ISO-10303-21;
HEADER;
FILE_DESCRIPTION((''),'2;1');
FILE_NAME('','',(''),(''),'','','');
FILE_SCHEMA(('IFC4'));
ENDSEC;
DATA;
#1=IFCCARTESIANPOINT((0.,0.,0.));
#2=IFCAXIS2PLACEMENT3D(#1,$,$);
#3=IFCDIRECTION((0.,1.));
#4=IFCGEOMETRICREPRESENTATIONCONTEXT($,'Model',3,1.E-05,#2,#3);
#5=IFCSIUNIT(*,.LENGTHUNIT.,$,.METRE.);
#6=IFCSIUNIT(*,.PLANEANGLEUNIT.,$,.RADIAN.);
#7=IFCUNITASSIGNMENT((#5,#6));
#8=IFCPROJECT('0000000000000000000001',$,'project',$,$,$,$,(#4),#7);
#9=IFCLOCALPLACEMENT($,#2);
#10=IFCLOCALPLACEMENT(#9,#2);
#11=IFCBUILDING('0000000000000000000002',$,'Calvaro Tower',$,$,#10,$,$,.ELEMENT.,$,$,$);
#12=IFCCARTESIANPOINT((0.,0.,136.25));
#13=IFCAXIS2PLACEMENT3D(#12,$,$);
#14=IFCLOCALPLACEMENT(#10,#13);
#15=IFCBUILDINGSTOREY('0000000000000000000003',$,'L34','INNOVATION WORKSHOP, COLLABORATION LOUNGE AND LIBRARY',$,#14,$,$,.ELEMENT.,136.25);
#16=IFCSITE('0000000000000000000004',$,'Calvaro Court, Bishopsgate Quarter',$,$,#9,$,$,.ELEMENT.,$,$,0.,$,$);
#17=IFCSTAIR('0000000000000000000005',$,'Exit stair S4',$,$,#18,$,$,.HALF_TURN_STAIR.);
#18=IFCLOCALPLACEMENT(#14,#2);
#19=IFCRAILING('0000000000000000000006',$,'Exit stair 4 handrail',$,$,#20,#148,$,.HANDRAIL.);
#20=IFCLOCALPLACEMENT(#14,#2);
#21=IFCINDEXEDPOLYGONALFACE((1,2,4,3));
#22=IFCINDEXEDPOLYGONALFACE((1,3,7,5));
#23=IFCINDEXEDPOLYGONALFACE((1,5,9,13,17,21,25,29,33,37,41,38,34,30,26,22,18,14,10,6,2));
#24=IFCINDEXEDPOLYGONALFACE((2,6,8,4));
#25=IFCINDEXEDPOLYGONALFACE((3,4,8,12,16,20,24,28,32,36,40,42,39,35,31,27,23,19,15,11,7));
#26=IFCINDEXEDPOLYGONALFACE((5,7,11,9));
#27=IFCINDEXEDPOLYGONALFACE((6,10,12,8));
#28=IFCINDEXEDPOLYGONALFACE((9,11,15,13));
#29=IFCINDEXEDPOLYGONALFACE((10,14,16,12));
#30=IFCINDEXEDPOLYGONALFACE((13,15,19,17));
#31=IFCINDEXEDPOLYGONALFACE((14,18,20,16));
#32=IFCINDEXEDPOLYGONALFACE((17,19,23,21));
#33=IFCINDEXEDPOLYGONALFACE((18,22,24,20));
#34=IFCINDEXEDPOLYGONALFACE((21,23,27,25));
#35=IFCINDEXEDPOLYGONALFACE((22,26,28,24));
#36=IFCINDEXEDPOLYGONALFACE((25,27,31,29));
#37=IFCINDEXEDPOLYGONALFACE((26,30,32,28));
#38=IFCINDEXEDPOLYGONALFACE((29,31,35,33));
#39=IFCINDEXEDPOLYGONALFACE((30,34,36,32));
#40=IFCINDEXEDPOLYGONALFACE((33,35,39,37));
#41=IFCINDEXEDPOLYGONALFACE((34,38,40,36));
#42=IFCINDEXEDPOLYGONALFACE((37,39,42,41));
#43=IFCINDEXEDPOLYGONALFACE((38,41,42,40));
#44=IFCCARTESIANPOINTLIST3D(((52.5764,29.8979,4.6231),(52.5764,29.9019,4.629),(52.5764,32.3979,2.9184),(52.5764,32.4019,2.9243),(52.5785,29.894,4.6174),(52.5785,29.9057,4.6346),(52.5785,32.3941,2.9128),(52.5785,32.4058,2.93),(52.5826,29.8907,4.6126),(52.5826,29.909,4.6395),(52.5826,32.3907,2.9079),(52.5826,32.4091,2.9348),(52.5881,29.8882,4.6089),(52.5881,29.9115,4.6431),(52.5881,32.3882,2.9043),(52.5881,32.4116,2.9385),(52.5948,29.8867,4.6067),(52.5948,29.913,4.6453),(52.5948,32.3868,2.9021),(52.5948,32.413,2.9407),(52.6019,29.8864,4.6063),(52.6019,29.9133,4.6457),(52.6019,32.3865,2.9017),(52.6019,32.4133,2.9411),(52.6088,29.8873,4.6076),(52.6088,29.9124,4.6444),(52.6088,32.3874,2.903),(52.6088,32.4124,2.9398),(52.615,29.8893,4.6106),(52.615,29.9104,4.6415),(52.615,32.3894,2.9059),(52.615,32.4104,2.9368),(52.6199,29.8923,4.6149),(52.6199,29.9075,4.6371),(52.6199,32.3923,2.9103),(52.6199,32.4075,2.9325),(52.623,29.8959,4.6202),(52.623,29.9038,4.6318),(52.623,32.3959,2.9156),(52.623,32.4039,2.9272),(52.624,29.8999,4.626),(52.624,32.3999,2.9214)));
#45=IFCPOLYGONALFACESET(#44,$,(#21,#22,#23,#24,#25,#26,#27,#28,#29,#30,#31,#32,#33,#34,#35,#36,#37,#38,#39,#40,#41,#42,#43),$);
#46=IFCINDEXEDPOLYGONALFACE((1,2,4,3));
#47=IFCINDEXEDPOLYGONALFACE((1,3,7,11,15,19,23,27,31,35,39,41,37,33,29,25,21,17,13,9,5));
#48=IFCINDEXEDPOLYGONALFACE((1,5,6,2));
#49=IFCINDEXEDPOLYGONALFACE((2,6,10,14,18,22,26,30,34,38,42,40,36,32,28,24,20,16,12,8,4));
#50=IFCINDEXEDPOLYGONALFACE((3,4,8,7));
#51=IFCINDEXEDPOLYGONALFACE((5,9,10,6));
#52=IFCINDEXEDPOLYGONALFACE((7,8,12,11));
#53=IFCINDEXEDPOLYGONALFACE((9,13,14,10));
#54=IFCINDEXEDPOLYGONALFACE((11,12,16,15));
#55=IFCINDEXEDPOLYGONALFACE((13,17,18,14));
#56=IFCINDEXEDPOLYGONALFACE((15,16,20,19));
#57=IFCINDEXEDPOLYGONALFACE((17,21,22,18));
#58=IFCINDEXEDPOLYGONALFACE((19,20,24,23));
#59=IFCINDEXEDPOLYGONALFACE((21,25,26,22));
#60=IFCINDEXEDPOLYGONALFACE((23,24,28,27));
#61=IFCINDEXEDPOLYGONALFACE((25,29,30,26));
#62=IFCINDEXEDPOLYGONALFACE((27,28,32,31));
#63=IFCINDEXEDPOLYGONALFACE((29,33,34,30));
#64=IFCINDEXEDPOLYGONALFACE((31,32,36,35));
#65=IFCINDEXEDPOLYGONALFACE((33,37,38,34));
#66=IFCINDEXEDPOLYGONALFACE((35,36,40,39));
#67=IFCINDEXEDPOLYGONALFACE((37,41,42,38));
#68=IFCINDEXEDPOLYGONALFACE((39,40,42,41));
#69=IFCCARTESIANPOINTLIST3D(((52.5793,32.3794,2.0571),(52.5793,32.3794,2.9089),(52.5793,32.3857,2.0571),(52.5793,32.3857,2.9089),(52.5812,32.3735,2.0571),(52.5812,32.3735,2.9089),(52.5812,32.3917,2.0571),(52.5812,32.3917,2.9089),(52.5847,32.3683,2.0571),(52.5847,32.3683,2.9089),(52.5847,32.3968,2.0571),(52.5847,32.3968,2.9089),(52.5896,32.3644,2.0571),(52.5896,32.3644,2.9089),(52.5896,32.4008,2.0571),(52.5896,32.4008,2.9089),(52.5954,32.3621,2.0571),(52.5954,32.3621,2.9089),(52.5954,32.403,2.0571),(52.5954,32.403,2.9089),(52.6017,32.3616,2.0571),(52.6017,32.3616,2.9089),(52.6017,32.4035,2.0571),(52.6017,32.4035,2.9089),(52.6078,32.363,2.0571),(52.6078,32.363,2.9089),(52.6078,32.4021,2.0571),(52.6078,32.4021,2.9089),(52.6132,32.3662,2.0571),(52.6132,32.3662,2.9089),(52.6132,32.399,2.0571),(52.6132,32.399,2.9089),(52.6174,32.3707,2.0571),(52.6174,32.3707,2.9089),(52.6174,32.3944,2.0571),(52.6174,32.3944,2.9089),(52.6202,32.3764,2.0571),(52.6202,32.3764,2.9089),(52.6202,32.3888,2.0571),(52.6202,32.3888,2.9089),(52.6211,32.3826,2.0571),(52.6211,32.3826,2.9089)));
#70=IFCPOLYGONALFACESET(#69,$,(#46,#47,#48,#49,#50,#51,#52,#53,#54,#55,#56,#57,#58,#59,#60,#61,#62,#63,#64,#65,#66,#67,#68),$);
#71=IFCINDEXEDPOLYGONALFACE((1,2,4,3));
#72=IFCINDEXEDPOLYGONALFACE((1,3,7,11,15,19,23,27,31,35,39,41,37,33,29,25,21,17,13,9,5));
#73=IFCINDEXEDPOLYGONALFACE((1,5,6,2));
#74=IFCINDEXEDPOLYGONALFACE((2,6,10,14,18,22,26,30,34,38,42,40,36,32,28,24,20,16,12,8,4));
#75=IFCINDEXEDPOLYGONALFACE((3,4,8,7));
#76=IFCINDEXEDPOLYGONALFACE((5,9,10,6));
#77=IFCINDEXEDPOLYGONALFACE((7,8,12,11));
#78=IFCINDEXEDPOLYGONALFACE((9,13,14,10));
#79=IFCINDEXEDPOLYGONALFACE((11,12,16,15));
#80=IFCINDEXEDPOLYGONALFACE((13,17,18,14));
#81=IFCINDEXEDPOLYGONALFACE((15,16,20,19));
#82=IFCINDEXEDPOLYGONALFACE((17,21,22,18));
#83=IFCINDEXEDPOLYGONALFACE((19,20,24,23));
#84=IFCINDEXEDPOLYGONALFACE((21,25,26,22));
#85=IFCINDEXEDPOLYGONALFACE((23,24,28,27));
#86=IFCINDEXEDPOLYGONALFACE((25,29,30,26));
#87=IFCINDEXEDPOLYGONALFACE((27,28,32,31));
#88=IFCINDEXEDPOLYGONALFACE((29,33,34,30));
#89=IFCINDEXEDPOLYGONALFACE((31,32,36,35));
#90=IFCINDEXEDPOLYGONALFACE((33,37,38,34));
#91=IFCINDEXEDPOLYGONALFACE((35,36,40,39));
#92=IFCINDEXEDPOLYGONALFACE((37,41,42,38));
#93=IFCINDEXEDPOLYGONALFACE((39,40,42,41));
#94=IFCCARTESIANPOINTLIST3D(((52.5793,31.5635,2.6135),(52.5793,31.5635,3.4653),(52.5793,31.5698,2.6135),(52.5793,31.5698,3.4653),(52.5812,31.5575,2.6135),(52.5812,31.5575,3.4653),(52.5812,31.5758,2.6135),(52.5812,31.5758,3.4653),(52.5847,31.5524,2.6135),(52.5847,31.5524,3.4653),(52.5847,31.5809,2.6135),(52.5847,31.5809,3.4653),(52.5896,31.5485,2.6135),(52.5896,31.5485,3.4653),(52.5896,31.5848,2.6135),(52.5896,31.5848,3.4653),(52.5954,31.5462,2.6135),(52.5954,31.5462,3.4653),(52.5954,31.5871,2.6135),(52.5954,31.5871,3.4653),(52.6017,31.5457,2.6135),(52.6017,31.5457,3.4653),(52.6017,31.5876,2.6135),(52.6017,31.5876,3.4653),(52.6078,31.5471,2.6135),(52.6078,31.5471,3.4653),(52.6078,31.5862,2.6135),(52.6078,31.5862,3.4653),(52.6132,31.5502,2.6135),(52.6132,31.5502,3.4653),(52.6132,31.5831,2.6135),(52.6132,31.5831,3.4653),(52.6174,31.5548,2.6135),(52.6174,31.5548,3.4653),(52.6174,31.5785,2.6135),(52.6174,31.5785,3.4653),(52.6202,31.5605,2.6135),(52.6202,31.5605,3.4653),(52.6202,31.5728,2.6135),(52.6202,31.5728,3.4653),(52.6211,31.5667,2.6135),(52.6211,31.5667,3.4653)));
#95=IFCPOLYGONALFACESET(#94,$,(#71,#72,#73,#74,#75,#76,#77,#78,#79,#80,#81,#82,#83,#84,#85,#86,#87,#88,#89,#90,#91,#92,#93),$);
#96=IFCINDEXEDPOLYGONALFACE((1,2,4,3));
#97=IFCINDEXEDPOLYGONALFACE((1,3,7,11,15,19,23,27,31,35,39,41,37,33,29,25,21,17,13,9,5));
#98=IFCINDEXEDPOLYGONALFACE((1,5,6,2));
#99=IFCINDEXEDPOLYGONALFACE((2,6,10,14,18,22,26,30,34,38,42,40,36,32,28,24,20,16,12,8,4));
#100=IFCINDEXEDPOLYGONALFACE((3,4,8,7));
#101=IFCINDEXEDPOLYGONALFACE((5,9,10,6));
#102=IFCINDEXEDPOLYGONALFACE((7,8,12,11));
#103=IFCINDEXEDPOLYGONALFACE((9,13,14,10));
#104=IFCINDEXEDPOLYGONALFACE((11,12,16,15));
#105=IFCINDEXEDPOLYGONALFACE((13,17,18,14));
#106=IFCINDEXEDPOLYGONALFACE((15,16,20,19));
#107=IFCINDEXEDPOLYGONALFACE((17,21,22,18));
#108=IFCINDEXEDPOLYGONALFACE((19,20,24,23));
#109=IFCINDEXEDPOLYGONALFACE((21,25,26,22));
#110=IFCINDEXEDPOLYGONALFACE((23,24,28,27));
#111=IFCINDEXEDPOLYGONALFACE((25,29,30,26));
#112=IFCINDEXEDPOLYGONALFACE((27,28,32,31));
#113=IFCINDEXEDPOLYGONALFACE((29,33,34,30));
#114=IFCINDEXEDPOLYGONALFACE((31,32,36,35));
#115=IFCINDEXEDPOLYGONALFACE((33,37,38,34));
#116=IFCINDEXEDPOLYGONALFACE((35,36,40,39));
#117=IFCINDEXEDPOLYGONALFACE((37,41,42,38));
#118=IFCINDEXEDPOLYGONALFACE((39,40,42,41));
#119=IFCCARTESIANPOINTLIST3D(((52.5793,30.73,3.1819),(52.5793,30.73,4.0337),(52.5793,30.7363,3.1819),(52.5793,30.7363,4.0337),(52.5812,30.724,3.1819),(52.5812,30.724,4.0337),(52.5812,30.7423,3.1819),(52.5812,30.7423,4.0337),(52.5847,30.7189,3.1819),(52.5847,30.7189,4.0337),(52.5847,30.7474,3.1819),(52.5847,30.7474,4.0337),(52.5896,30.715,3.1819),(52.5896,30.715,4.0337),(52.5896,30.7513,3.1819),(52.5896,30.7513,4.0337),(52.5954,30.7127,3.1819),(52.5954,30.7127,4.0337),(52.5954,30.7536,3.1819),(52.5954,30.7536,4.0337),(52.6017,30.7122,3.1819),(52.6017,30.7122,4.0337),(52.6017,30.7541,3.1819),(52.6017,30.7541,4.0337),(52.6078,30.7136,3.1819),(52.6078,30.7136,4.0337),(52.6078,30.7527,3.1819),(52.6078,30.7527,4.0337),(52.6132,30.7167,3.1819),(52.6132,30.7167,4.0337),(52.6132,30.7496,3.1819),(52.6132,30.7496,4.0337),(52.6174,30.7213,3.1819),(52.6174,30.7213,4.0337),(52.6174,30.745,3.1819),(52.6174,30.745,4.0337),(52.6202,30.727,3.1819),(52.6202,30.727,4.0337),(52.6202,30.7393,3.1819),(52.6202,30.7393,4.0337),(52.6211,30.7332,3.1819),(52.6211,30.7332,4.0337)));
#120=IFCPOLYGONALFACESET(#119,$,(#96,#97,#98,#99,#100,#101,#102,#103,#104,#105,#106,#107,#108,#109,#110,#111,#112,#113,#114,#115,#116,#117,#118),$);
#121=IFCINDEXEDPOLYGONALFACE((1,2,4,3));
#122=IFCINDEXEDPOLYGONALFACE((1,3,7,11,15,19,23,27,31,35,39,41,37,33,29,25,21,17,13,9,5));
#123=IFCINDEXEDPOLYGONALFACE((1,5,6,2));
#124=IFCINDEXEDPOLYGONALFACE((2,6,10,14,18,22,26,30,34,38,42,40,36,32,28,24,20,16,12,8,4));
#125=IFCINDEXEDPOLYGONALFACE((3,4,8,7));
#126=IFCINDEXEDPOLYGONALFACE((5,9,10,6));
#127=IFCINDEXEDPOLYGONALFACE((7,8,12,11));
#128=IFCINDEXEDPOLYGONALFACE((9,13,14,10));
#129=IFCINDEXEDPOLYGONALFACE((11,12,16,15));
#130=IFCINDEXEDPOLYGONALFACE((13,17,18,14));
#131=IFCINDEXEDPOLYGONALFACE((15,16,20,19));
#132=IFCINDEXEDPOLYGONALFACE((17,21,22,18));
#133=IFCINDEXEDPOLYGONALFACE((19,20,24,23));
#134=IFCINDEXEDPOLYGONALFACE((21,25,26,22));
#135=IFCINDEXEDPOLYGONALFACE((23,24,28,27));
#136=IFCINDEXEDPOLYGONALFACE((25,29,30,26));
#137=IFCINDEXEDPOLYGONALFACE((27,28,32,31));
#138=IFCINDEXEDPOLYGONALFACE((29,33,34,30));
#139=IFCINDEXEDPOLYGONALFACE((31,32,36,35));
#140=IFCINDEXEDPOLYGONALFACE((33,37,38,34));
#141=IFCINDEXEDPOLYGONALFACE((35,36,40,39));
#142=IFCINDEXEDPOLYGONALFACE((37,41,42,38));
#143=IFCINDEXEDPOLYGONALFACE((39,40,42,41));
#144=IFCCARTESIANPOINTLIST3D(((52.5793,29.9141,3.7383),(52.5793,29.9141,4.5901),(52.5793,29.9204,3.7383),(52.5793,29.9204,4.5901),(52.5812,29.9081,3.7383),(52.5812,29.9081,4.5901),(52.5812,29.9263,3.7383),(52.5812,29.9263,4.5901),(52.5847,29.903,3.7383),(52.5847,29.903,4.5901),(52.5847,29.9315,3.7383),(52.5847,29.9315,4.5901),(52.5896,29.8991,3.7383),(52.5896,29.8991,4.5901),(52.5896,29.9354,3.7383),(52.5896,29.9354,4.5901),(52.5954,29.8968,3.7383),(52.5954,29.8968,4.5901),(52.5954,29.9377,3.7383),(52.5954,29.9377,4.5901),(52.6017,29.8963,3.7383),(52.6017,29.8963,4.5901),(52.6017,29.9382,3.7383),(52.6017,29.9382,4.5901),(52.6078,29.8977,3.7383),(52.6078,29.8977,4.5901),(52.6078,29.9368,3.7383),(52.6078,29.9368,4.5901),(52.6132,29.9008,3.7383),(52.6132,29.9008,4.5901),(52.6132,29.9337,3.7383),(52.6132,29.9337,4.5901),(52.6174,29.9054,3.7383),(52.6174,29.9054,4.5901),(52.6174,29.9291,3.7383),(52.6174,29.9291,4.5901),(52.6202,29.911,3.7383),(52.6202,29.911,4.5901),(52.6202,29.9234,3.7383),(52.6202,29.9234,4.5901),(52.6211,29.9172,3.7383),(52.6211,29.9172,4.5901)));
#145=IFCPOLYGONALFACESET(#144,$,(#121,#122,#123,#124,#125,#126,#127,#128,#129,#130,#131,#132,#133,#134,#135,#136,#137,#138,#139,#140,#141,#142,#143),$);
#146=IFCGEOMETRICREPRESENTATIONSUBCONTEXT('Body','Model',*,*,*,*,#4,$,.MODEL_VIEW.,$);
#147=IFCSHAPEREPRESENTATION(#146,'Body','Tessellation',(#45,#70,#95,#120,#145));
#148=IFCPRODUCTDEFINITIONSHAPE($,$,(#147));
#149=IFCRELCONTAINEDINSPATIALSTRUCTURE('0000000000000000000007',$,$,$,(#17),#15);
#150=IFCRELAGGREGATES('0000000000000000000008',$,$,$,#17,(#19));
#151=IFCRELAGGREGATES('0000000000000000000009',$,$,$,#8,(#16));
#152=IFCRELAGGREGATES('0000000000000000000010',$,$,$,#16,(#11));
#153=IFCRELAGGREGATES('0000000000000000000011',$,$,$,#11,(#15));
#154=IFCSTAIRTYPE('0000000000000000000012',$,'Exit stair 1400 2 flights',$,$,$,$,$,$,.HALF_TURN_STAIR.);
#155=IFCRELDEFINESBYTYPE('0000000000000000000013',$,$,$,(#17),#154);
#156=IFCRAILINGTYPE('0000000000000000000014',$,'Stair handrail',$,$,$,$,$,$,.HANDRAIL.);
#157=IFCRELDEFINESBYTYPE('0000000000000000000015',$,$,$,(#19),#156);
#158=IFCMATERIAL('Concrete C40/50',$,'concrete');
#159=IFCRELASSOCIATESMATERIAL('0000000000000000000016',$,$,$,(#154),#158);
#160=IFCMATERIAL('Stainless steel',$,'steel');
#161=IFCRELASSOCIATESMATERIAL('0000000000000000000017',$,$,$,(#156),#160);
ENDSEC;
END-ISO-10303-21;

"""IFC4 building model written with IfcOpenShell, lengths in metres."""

from ifc_helpers import new_model, si_unit, direction, frame, origin, origin_2d, place, context, subcontext, project, spatial, circle, extrude, material, type_object, element, aggregate, save


model = new_model("IFC4")

# Units and contexts
model_context = context("Model", 3, precision=1e-05, world=origin(), true_north=direction((0.0, 1.0)))
body_context = subcontext(model_context, "Body", "Model", "MODEL_VIEW")
ifc_project = project(units=[si_unit("LENGTHUNIT", "METRE"), si_unit("PLANEANGLEUNIT", "RADIAN")], contexts=[model_context])

# Site, building, storey
site_placement = place(None, origin())
site = spatial("IfcSite", under=ifc_project, at=site_placement, Name="Calvaro Court, Bishopsgate Quarter", CompositionType="ELEMENT", RefElevation=0.0)
building_placement = place(site_placement, origin())
building = spatial("IfcBuilding", under=site, at=building_placement, Name="Calvaro Tower", CompositionType="ELEMENT")
storey_placement = place(building_placement, frame((0.0, 0.0, 136.25)))
storey = spatial("IfcBuildingStorey", under=building, at=storey_placement, Name="L34", Description="INNOVATION WORKSHOP, COLLABORATION LOUNGE AND LIBRARY", CompositionType="ELEMENT", Elevation=136.25)

# Stair
ifc_material_1 = material(Name="Concrete C40/50", Category="concrete")
stair_type = type_object("IfcStairType", Name="Exit stair 1400 2 flights", PredefinedType="HALF_TURN_STAIR", material=ifc_material_1)
stair_1_placement = place(storey_placement, origin())
stair_1 = element("IfcStair", 1, at=stair_1_placement, inside=storey, type_object=stair_type, Name="Exit stair S4", PredefinedType="HALF_TURN_STAIR")

# Railing
ifc_material_2 = material(Name="Stainless steel", Category="steel")
railing_type = type_object("IfcRailingType", Name="Stair handrail", PredefinedType="HANDRAIL", material=ifc_material_2)
railing_1_placement = place(storey_placement, frame((52.6001, 32.3999, 2.0454)))
railing_1 = element("IfcRailing", 2, at=railing_1_placement, type_object=railing_type, Name="Exit stair 4 handrail", PredefinedType="HANDRAIL", context=body_context, shape_type="SweptSolid", body=[
    extrude(circle(Radius=0.0239, at=origin_2d()), frame((0.0, 0.0, 0.876), z_axis=(0.0, -0.826221, 0.563347), x_axis=(1.0, 0.0, 0.0)), (0.0, 0.0, 1.0), 3.0259),
    extrude(circle(Radius=0.021, at=origin_2d()), frame((0.0, -0.0173, 0.0117)), (0.0, 0.0, 1.0), 0.8518),
    extrude(circle(Radius=0.021, at=origin_2d()), frame((0.0, -0.8333, 0.5681)), (0.0, 0.0, 1.0), 0.8518),
    extrude(circle(Radius=0.021, at=origin_2d()), frame((0.0, -1.6667, 1.1365)), (0.0, 0.0, 1.0), 0.8518),
    extrude(circle(Radius=0.021, at=origin_2d()), frame((0.0, -2.4827, 1.6929)), (0.0, 0.0, 1.0), 0.8518),
])
aggregate(stair_1, [railing_1])

save(model, "model.ifc")
